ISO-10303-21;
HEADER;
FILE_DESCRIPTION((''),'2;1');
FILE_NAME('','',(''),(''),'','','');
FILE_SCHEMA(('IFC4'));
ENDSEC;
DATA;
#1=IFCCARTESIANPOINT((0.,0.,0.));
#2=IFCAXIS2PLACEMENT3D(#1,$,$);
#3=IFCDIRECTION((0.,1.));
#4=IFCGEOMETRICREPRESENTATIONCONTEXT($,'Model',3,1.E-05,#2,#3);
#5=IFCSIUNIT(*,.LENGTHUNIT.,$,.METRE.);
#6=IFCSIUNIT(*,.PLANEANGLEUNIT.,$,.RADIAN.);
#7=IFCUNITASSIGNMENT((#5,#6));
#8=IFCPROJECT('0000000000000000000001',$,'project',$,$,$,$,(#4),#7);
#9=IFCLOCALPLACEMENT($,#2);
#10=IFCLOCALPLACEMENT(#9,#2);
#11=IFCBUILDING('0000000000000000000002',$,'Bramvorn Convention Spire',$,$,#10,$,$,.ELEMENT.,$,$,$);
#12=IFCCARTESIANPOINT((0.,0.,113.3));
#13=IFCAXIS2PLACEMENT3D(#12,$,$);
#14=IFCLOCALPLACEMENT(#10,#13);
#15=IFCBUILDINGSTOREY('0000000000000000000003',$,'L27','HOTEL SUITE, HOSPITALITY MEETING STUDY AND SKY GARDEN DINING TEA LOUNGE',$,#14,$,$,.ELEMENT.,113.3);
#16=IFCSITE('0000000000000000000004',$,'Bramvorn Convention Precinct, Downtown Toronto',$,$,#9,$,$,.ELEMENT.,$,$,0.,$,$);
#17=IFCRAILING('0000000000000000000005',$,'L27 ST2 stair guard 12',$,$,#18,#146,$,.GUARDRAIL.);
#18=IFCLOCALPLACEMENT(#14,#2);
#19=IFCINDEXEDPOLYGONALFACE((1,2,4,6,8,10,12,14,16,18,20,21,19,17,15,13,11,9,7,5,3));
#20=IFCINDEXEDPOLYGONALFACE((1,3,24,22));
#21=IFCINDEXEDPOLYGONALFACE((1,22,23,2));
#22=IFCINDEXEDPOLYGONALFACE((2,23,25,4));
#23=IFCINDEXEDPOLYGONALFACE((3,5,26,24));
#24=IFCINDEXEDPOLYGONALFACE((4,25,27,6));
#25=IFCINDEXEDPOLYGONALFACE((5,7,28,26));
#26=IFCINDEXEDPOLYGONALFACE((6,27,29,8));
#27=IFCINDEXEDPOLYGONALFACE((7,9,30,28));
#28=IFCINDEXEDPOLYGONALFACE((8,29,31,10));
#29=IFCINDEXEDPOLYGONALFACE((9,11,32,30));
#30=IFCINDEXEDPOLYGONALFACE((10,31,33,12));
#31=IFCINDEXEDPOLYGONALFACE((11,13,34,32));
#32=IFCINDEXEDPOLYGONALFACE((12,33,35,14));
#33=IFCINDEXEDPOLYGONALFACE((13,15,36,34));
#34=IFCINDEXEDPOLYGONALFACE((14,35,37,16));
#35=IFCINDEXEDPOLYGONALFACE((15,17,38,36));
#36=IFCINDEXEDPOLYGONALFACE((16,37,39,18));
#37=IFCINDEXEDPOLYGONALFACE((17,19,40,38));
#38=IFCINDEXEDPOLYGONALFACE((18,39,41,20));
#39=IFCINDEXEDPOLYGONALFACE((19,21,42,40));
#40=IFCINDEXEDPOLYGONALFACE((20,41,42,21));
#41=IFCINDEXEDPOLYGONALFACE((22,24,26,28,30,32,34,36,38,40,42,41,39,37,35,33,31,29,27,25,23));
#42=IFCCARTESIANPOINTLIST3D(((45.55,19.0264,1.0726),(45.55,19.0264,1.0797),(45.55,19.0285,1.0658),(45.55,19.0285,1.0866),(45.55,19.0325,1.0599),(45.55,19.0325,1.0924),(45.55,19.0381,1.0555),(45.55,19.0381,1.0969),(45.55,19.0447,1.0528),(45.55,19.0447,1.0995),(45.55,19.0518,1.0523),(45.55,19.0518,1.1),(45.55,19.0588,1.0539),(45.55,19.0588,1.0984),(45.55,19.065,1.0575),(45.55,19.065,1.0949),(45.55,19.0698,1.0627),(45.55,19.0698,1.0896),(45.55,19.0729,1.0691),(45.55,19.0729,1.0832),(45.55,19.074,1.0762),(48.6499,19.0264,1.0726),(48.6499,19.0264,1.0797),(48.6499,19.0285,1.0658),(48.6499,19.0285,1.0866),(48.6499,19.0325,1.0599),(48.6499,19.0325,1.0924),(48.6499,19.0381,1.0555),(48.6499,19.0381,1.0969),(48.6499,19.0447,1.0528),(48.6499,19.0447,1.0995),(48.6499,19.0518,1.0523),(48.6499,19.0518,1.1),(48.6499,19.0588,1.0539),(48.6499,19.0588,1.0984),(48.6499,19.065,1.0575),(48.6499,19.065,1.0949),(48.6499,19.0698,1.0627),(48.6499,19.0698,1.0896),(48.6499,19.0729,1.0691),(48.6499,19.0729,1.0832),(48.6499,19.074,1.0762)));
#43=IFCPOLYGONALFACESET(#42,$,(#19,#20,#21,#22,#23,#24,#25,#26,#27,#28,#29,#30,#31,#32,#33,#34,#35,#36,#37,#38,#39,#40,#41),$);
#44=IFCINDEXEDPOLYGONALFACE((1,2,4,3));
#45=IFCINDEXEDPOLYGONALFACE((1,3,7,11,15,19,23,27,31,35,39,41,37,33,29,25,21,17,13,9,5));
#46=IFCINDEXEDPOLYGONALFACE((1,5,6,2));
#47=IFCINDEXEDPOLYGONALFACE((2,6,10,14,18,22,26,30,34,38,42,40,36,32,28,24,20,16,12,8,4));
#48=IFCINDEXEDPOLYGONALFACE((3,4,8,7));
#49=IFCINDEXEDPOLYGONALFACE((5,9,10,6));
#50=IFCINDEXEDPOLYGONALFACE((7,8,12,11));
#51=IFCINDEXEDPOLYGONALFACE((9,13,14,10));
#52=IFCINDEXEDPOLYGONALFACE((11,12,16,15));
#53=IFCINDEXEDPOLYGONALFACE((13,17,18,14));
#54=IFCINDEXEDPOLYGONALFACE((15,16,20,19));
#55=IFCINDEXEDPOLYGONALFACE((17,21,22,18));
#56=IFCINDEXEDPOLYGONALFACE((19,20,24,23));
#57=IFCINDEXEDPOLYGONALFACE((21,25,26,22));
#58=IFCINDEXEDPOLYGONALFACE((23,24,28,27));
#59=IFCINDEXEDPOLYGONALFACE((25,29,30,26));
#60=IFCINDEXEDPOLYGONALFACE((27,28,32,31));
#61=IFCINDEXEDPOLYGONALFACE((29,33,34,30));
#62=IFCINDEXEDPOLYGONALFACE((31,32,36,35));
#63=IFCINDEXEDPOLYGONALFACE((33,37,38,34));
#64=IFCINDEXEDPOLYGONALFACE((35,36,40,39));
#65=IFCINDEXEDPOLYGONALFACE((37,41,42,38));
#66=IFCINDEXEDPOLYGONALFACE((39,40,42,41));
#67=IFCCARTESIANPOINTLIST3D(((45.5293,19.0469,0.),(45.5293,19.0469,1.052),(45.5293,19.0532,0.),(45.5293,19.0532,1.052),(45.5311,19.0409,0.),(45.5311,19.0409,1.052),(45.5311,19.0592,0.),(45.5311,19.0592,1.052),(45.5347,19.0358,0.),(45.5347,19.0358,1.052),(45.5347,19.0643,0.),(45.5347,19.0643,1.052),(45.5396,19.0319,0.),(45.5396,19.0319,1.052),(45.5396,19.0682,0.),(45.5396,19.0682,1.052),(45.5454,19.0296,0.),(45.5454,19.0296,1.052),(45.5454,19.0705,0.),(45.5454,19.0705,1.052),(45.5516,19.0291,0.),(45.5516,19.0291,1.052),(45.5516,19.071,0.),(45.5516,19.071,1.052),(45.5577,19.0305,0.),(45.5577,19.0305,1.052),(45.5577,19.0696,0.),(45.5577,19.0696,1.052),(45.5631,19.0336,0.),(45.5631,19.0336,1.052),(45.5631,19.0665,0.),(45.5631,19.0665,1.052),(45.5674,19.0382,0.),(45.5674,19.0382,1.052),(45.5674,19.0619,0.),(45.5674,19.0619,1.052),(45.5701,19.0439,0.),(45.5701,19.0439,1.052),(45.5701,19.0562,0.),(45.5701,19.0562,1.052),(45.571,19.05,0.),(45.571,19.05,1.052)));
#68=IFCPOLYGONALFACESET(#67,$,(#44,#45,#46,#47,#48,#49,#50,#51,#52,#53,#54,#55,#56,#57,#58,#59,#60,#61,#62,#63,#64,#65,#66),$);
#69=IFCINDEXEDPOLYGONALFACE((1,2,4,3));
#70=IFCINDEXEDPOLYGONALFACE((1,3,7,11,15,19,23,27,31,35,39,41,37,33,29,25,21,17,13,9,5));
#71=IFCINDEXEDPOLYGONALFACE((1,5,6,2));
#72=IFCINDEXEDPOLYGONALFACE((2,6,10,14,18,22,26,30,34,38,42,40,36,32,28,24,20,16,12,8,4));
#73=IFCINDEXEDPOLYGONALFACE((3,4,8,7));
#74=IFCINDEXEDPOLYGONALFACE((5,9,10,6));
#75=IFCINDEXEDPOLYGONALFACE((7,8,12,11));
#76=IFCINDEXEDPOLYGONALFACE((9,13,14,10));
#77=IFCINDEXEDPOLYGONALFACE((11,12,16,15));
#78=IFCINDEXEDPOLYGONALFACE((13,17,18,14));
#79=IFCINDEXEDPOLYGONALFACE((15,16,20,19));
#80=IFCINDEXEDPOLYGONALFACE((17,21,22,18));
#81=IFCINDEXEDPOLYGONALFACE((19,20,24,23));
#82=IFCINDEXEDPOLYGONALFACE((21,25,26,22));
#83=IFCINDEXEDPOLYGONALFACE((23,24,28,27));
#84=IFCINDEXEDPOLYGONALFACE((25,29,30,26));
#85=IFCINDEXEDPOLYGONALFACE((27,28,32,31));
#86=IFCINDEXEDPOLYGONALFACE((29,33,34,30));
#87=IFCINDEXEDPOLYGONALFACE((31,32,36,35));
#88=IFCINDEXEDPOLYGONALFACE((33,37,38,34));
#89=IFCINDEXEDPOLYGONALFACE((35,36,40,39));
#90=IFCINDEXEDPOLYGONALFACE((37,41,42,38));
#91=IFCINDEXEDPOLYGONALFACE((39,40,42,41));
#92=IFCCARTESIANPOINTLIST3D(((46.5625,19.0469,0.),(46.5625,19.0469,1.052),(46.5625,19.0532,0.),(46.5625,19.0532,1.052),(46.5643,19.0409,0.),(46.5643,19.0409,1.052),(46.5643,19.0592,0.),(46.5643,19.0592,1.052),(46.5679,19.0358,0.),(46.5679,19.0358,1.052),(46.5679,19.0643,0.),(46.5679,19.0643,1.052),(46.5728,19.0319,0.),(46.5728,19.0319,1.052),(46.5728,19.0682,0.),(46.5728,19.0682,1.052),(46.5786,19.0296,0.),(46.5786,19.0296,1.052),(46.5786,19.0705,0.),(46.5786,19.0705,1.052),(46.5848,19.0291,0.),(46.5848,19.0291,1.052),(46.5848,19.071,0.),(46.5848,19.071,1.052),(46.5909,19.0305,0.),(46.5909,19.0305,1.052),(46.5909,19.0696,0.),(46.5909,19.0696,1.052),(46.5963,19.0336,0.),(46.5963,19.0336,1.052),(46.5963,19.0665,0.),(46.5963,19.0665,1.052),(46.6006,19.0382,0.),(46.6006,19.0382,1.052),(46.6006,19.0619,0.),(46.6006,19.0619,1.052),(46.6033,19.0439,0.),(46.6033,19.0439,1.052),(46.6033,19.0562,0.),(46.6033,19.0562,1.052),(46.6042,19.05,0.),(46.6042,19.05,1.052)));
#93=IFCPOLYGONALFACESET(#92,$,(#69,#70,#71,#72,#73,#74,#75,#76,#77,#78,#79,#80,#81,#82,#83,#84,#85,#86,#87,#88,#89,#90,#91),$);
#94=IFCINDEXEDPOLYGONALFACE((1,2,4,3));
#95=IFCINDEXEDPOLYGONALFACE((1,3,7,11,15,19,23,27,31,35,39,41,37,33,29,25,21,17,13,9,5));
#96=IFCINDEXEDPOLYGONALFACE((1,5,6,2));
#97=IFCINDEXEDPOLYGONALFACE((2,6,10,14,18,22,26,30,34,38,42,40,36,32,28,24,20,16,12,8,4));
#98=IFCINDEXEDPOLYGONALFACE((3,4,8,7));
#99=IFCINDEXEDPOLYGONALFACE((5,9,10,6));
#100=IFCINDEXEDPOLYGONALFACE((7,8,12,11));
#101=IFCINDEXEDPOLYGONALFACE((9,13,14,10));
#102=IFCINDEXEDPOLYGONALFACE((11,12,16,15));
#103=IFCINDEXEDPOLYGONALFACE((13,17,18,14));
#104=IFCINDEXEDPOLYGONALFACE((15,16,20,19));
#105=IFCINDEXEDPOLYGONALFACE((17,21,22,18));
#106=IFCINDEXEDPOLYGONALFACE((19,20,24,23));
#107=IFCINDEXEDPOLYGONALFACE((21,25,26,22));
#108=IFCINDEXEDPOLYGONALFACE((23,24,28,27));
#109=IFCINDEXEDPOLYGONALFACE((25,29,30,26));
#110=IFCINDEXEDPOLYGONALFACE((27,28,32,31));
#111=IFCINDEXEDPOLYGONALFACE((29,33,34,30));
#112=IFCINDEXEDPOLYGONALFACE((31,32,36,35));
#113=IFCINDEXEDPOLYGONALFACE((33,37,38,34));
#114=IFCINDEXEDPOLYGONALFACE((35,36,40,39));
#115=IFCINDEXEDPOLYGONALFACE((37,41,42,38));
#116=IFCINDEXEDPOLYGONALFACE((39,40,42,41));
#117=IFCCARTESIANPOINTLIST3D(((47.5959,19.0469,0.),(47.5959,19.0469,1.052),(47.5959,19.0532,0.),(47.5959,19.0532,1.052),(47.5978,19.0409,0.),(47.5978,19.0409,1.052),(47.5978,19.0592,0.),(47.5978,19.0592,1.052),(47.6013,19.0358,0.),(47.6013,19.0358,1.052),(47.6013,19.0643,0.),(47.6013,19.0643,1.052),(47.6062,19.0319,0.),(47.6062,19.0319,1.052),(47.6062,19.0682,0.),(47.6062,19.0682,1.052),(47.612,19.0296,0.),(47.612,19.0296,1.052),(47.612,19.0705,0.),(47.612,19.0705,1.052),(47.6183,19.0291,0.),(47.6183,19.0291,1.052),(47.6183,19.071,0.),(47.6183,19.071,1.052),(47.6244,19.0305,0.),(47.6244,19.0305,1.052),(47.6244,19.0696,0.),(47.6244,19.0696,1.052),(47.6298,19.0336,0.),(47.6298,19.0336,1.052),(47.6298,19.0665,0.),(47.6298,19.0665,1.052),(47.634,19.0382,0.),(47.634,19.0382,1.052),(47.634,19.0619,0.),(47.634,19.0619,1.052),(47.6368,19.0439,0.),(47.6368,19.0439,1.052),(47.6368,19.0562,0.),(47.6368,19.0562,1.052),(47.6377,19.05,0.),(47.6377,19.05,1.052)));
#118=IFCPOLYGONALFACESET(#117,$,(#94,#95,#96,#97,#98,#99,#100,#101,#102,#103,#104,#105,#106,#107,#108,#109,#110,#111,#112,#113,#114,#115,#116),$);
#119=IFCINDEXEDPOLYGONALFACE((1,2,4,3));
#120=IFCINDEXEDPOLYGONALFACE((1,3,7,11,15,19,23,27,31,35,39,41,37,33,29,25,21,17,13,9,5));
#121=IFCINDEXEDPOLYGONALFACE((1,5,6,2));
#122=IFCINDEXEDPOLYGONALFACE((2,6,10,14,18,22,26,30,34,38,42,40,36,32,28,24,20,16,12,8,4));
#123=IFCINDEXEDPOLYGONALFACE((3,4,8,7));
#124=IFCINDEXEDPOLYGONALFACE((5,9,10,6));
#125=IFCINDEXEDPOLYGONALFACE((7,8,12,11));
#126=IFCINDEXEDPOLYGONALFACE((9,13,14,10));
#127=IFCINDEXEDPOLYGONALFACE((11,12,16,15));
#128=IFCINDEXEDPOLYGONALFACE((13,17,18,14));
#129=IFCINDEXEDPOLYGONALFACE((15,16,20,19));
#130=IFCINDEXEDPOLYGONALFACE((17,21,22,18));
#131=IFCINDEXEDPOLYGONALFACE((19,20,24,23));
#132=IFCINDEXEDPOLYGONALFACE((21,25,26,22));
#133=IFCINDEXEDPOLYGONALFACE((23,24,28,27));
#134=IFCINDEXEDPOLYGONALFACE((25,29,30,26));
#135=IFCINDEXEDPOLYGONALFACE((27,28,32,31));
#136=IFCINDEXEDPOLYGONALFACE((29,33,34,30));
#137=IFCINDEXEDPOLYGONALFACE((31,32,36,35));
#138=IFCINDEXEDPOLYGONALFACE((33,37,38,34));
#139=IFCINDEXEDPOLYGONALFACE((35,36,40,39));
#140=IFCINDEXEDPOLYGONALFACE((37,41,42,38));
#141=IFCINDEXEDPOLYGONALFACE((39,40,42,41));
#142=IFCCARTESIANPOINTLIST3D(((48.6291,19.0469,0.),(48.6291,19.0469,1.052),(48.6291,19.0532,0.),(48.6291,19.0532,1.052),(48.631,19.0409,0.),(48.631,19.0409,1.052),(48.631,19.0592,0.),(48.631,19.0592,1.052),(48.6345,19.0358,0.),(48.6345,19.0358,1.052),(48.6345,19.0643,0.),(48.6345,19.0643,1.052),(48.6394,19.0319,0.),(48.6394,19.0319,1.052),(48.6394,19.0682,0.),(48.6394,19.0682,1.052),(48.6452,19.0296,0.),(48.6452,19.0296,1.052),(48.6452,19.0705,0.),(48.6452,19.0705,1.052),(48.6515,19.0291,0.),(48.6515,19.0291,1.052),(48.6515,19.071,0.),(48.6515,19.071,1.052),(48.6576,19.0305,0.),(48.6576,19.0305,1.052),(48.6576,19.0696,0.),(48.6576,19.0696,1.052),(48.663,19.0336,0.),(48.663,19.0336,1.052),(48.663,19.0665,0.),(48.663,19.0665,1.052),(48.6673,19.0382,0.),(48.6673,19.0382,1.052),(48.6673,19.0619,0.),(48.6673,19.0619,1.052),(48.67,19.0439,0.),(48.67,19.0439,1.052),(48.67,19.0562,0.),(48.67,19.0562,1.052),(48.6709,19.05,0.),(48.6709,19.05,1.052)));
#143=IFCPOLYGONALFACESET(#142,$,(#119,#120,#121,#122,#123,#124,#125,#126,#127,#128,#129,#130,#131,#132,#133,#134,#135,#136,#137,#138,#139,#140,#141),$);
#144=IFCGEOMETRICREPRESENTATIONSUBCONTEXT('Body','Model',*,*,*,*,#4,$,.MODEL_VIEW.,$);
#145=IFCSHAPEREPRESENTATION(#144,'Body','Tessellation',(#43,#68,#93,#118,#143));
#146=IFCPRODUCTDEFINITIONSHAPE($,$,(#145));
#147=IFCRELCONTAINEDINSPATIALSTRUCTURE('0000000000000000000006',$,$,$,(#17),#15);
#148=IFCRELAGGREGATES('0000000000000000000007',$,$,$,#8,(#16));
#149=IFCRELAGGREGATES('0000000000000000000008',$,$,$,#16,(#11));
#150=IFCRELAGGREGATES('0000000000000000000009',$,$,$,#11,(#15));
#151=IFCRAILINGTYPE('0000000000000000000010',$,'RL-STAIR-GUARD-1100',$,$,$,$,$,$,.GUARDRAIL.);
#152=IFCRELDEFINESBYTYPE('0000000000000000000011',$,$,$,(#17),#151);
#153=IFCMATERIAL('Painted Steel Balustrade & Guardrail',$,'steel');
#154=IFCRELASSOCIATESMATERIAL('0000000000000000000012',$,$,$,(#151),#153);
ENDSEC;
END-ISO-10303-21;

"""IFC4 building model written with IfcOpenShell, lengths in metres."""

from ifc_helpers import new_model, si_unit, direction, frame, origin, origin_2d, place, context, subcontext, project, spatial, circle, extrude, material, type_object, element, save


model = new_model("IFC4")

# Units and contexts
model_context = context("Model", 3, precision=1e-05, world=origin(), true_north=direction((0.0, 1.0)))
body_context = subcontext(model_context, "Body", "Model", "MODEL_VIEW")
ifc_project = project(units=[si_unit("LENGTHUNIT", "METRE"), si_unit("PLANEANGLEUNIT", "RADIAN")], contexts=[model_context])

# Site, building, storey
site_placement = place(None, origin())
site = spatial("IfcSite", under=ifc_project, at=site_placement, Name="Bramvorn Convention Precinct, Downtown Toronto", CompositionType="ELEMENT", RefElevation=0.0)
building_placement = place(site_placement, origin())
building = spatial("IfcBuilding", under=site, at=building_placement, Name="Bramvorn Convention Spire", CompositionType="ELEMENT")
storey_placement = place(building_placement, frame((0.0, 0.0, 113.3)))
storey = spatial("IfcBuildingStorey", under=building, at=storey_placement, Name="L27", Description="HOTEL SUITE, HOSPITALITY MEETING STUDY AND SKY GARDEN DINING TEA LOUNGE", CompositionType="ELEMENT", Elevation=113.3)

# Railing
ifc_material_1 = material(Name="Painted Steel Balustrade & Guardrail", Category="steel")
railing_type_1 = type_object("IfcRailingType", Name="RL-STAIR-GUARD-1100", PredefinedType="GUARDRAIL", material=ifc_material_1)
railing_1_placement = place(storey_placement, frame((45.55, 19.05, 0.0)))
element("IfcRailing", 1, at=railing_1_placement, inside=storey, type_object=railing_type_1, Name="L27 ST2 stair guard 12", PredefinedType="GUARDRAIL", context=body_context, shape_type="SweptSolid", body=[
    extrude(circle(Radius=0.0239, at=origin_2d()), frame((0.0, 0.0, 1.0762), z_axis=(1.0, 0.0, 0.0), x_axis=(0.0, 1.0, 0.0)), (0.0, 0.0, 1.0), 3.0999),
    extrude(circle(Radius=0.021, at=origin_2d()), origin(), (0.0, 0.0, 1.0), 1.052),
    extrude(circle(Radius=0.021, at=origin_2d()), frame((1.0332, 0.0, 0.0)), (0.0, 0.0, 1.0), 1.052),
    extrude(circle(Radius=0.021, at=origin_2d()), frame((2.0667, 0.0, 0.0)), (0.0, 0.0, 1.0), 1.052),
    extrude(circle(Radius=0.021, at=origin_2d()), frame((3.0999, 0.0, 0.0)), (0.0, 0.0, 1.0), 1.052),
])

save(model, "model.ifc")
